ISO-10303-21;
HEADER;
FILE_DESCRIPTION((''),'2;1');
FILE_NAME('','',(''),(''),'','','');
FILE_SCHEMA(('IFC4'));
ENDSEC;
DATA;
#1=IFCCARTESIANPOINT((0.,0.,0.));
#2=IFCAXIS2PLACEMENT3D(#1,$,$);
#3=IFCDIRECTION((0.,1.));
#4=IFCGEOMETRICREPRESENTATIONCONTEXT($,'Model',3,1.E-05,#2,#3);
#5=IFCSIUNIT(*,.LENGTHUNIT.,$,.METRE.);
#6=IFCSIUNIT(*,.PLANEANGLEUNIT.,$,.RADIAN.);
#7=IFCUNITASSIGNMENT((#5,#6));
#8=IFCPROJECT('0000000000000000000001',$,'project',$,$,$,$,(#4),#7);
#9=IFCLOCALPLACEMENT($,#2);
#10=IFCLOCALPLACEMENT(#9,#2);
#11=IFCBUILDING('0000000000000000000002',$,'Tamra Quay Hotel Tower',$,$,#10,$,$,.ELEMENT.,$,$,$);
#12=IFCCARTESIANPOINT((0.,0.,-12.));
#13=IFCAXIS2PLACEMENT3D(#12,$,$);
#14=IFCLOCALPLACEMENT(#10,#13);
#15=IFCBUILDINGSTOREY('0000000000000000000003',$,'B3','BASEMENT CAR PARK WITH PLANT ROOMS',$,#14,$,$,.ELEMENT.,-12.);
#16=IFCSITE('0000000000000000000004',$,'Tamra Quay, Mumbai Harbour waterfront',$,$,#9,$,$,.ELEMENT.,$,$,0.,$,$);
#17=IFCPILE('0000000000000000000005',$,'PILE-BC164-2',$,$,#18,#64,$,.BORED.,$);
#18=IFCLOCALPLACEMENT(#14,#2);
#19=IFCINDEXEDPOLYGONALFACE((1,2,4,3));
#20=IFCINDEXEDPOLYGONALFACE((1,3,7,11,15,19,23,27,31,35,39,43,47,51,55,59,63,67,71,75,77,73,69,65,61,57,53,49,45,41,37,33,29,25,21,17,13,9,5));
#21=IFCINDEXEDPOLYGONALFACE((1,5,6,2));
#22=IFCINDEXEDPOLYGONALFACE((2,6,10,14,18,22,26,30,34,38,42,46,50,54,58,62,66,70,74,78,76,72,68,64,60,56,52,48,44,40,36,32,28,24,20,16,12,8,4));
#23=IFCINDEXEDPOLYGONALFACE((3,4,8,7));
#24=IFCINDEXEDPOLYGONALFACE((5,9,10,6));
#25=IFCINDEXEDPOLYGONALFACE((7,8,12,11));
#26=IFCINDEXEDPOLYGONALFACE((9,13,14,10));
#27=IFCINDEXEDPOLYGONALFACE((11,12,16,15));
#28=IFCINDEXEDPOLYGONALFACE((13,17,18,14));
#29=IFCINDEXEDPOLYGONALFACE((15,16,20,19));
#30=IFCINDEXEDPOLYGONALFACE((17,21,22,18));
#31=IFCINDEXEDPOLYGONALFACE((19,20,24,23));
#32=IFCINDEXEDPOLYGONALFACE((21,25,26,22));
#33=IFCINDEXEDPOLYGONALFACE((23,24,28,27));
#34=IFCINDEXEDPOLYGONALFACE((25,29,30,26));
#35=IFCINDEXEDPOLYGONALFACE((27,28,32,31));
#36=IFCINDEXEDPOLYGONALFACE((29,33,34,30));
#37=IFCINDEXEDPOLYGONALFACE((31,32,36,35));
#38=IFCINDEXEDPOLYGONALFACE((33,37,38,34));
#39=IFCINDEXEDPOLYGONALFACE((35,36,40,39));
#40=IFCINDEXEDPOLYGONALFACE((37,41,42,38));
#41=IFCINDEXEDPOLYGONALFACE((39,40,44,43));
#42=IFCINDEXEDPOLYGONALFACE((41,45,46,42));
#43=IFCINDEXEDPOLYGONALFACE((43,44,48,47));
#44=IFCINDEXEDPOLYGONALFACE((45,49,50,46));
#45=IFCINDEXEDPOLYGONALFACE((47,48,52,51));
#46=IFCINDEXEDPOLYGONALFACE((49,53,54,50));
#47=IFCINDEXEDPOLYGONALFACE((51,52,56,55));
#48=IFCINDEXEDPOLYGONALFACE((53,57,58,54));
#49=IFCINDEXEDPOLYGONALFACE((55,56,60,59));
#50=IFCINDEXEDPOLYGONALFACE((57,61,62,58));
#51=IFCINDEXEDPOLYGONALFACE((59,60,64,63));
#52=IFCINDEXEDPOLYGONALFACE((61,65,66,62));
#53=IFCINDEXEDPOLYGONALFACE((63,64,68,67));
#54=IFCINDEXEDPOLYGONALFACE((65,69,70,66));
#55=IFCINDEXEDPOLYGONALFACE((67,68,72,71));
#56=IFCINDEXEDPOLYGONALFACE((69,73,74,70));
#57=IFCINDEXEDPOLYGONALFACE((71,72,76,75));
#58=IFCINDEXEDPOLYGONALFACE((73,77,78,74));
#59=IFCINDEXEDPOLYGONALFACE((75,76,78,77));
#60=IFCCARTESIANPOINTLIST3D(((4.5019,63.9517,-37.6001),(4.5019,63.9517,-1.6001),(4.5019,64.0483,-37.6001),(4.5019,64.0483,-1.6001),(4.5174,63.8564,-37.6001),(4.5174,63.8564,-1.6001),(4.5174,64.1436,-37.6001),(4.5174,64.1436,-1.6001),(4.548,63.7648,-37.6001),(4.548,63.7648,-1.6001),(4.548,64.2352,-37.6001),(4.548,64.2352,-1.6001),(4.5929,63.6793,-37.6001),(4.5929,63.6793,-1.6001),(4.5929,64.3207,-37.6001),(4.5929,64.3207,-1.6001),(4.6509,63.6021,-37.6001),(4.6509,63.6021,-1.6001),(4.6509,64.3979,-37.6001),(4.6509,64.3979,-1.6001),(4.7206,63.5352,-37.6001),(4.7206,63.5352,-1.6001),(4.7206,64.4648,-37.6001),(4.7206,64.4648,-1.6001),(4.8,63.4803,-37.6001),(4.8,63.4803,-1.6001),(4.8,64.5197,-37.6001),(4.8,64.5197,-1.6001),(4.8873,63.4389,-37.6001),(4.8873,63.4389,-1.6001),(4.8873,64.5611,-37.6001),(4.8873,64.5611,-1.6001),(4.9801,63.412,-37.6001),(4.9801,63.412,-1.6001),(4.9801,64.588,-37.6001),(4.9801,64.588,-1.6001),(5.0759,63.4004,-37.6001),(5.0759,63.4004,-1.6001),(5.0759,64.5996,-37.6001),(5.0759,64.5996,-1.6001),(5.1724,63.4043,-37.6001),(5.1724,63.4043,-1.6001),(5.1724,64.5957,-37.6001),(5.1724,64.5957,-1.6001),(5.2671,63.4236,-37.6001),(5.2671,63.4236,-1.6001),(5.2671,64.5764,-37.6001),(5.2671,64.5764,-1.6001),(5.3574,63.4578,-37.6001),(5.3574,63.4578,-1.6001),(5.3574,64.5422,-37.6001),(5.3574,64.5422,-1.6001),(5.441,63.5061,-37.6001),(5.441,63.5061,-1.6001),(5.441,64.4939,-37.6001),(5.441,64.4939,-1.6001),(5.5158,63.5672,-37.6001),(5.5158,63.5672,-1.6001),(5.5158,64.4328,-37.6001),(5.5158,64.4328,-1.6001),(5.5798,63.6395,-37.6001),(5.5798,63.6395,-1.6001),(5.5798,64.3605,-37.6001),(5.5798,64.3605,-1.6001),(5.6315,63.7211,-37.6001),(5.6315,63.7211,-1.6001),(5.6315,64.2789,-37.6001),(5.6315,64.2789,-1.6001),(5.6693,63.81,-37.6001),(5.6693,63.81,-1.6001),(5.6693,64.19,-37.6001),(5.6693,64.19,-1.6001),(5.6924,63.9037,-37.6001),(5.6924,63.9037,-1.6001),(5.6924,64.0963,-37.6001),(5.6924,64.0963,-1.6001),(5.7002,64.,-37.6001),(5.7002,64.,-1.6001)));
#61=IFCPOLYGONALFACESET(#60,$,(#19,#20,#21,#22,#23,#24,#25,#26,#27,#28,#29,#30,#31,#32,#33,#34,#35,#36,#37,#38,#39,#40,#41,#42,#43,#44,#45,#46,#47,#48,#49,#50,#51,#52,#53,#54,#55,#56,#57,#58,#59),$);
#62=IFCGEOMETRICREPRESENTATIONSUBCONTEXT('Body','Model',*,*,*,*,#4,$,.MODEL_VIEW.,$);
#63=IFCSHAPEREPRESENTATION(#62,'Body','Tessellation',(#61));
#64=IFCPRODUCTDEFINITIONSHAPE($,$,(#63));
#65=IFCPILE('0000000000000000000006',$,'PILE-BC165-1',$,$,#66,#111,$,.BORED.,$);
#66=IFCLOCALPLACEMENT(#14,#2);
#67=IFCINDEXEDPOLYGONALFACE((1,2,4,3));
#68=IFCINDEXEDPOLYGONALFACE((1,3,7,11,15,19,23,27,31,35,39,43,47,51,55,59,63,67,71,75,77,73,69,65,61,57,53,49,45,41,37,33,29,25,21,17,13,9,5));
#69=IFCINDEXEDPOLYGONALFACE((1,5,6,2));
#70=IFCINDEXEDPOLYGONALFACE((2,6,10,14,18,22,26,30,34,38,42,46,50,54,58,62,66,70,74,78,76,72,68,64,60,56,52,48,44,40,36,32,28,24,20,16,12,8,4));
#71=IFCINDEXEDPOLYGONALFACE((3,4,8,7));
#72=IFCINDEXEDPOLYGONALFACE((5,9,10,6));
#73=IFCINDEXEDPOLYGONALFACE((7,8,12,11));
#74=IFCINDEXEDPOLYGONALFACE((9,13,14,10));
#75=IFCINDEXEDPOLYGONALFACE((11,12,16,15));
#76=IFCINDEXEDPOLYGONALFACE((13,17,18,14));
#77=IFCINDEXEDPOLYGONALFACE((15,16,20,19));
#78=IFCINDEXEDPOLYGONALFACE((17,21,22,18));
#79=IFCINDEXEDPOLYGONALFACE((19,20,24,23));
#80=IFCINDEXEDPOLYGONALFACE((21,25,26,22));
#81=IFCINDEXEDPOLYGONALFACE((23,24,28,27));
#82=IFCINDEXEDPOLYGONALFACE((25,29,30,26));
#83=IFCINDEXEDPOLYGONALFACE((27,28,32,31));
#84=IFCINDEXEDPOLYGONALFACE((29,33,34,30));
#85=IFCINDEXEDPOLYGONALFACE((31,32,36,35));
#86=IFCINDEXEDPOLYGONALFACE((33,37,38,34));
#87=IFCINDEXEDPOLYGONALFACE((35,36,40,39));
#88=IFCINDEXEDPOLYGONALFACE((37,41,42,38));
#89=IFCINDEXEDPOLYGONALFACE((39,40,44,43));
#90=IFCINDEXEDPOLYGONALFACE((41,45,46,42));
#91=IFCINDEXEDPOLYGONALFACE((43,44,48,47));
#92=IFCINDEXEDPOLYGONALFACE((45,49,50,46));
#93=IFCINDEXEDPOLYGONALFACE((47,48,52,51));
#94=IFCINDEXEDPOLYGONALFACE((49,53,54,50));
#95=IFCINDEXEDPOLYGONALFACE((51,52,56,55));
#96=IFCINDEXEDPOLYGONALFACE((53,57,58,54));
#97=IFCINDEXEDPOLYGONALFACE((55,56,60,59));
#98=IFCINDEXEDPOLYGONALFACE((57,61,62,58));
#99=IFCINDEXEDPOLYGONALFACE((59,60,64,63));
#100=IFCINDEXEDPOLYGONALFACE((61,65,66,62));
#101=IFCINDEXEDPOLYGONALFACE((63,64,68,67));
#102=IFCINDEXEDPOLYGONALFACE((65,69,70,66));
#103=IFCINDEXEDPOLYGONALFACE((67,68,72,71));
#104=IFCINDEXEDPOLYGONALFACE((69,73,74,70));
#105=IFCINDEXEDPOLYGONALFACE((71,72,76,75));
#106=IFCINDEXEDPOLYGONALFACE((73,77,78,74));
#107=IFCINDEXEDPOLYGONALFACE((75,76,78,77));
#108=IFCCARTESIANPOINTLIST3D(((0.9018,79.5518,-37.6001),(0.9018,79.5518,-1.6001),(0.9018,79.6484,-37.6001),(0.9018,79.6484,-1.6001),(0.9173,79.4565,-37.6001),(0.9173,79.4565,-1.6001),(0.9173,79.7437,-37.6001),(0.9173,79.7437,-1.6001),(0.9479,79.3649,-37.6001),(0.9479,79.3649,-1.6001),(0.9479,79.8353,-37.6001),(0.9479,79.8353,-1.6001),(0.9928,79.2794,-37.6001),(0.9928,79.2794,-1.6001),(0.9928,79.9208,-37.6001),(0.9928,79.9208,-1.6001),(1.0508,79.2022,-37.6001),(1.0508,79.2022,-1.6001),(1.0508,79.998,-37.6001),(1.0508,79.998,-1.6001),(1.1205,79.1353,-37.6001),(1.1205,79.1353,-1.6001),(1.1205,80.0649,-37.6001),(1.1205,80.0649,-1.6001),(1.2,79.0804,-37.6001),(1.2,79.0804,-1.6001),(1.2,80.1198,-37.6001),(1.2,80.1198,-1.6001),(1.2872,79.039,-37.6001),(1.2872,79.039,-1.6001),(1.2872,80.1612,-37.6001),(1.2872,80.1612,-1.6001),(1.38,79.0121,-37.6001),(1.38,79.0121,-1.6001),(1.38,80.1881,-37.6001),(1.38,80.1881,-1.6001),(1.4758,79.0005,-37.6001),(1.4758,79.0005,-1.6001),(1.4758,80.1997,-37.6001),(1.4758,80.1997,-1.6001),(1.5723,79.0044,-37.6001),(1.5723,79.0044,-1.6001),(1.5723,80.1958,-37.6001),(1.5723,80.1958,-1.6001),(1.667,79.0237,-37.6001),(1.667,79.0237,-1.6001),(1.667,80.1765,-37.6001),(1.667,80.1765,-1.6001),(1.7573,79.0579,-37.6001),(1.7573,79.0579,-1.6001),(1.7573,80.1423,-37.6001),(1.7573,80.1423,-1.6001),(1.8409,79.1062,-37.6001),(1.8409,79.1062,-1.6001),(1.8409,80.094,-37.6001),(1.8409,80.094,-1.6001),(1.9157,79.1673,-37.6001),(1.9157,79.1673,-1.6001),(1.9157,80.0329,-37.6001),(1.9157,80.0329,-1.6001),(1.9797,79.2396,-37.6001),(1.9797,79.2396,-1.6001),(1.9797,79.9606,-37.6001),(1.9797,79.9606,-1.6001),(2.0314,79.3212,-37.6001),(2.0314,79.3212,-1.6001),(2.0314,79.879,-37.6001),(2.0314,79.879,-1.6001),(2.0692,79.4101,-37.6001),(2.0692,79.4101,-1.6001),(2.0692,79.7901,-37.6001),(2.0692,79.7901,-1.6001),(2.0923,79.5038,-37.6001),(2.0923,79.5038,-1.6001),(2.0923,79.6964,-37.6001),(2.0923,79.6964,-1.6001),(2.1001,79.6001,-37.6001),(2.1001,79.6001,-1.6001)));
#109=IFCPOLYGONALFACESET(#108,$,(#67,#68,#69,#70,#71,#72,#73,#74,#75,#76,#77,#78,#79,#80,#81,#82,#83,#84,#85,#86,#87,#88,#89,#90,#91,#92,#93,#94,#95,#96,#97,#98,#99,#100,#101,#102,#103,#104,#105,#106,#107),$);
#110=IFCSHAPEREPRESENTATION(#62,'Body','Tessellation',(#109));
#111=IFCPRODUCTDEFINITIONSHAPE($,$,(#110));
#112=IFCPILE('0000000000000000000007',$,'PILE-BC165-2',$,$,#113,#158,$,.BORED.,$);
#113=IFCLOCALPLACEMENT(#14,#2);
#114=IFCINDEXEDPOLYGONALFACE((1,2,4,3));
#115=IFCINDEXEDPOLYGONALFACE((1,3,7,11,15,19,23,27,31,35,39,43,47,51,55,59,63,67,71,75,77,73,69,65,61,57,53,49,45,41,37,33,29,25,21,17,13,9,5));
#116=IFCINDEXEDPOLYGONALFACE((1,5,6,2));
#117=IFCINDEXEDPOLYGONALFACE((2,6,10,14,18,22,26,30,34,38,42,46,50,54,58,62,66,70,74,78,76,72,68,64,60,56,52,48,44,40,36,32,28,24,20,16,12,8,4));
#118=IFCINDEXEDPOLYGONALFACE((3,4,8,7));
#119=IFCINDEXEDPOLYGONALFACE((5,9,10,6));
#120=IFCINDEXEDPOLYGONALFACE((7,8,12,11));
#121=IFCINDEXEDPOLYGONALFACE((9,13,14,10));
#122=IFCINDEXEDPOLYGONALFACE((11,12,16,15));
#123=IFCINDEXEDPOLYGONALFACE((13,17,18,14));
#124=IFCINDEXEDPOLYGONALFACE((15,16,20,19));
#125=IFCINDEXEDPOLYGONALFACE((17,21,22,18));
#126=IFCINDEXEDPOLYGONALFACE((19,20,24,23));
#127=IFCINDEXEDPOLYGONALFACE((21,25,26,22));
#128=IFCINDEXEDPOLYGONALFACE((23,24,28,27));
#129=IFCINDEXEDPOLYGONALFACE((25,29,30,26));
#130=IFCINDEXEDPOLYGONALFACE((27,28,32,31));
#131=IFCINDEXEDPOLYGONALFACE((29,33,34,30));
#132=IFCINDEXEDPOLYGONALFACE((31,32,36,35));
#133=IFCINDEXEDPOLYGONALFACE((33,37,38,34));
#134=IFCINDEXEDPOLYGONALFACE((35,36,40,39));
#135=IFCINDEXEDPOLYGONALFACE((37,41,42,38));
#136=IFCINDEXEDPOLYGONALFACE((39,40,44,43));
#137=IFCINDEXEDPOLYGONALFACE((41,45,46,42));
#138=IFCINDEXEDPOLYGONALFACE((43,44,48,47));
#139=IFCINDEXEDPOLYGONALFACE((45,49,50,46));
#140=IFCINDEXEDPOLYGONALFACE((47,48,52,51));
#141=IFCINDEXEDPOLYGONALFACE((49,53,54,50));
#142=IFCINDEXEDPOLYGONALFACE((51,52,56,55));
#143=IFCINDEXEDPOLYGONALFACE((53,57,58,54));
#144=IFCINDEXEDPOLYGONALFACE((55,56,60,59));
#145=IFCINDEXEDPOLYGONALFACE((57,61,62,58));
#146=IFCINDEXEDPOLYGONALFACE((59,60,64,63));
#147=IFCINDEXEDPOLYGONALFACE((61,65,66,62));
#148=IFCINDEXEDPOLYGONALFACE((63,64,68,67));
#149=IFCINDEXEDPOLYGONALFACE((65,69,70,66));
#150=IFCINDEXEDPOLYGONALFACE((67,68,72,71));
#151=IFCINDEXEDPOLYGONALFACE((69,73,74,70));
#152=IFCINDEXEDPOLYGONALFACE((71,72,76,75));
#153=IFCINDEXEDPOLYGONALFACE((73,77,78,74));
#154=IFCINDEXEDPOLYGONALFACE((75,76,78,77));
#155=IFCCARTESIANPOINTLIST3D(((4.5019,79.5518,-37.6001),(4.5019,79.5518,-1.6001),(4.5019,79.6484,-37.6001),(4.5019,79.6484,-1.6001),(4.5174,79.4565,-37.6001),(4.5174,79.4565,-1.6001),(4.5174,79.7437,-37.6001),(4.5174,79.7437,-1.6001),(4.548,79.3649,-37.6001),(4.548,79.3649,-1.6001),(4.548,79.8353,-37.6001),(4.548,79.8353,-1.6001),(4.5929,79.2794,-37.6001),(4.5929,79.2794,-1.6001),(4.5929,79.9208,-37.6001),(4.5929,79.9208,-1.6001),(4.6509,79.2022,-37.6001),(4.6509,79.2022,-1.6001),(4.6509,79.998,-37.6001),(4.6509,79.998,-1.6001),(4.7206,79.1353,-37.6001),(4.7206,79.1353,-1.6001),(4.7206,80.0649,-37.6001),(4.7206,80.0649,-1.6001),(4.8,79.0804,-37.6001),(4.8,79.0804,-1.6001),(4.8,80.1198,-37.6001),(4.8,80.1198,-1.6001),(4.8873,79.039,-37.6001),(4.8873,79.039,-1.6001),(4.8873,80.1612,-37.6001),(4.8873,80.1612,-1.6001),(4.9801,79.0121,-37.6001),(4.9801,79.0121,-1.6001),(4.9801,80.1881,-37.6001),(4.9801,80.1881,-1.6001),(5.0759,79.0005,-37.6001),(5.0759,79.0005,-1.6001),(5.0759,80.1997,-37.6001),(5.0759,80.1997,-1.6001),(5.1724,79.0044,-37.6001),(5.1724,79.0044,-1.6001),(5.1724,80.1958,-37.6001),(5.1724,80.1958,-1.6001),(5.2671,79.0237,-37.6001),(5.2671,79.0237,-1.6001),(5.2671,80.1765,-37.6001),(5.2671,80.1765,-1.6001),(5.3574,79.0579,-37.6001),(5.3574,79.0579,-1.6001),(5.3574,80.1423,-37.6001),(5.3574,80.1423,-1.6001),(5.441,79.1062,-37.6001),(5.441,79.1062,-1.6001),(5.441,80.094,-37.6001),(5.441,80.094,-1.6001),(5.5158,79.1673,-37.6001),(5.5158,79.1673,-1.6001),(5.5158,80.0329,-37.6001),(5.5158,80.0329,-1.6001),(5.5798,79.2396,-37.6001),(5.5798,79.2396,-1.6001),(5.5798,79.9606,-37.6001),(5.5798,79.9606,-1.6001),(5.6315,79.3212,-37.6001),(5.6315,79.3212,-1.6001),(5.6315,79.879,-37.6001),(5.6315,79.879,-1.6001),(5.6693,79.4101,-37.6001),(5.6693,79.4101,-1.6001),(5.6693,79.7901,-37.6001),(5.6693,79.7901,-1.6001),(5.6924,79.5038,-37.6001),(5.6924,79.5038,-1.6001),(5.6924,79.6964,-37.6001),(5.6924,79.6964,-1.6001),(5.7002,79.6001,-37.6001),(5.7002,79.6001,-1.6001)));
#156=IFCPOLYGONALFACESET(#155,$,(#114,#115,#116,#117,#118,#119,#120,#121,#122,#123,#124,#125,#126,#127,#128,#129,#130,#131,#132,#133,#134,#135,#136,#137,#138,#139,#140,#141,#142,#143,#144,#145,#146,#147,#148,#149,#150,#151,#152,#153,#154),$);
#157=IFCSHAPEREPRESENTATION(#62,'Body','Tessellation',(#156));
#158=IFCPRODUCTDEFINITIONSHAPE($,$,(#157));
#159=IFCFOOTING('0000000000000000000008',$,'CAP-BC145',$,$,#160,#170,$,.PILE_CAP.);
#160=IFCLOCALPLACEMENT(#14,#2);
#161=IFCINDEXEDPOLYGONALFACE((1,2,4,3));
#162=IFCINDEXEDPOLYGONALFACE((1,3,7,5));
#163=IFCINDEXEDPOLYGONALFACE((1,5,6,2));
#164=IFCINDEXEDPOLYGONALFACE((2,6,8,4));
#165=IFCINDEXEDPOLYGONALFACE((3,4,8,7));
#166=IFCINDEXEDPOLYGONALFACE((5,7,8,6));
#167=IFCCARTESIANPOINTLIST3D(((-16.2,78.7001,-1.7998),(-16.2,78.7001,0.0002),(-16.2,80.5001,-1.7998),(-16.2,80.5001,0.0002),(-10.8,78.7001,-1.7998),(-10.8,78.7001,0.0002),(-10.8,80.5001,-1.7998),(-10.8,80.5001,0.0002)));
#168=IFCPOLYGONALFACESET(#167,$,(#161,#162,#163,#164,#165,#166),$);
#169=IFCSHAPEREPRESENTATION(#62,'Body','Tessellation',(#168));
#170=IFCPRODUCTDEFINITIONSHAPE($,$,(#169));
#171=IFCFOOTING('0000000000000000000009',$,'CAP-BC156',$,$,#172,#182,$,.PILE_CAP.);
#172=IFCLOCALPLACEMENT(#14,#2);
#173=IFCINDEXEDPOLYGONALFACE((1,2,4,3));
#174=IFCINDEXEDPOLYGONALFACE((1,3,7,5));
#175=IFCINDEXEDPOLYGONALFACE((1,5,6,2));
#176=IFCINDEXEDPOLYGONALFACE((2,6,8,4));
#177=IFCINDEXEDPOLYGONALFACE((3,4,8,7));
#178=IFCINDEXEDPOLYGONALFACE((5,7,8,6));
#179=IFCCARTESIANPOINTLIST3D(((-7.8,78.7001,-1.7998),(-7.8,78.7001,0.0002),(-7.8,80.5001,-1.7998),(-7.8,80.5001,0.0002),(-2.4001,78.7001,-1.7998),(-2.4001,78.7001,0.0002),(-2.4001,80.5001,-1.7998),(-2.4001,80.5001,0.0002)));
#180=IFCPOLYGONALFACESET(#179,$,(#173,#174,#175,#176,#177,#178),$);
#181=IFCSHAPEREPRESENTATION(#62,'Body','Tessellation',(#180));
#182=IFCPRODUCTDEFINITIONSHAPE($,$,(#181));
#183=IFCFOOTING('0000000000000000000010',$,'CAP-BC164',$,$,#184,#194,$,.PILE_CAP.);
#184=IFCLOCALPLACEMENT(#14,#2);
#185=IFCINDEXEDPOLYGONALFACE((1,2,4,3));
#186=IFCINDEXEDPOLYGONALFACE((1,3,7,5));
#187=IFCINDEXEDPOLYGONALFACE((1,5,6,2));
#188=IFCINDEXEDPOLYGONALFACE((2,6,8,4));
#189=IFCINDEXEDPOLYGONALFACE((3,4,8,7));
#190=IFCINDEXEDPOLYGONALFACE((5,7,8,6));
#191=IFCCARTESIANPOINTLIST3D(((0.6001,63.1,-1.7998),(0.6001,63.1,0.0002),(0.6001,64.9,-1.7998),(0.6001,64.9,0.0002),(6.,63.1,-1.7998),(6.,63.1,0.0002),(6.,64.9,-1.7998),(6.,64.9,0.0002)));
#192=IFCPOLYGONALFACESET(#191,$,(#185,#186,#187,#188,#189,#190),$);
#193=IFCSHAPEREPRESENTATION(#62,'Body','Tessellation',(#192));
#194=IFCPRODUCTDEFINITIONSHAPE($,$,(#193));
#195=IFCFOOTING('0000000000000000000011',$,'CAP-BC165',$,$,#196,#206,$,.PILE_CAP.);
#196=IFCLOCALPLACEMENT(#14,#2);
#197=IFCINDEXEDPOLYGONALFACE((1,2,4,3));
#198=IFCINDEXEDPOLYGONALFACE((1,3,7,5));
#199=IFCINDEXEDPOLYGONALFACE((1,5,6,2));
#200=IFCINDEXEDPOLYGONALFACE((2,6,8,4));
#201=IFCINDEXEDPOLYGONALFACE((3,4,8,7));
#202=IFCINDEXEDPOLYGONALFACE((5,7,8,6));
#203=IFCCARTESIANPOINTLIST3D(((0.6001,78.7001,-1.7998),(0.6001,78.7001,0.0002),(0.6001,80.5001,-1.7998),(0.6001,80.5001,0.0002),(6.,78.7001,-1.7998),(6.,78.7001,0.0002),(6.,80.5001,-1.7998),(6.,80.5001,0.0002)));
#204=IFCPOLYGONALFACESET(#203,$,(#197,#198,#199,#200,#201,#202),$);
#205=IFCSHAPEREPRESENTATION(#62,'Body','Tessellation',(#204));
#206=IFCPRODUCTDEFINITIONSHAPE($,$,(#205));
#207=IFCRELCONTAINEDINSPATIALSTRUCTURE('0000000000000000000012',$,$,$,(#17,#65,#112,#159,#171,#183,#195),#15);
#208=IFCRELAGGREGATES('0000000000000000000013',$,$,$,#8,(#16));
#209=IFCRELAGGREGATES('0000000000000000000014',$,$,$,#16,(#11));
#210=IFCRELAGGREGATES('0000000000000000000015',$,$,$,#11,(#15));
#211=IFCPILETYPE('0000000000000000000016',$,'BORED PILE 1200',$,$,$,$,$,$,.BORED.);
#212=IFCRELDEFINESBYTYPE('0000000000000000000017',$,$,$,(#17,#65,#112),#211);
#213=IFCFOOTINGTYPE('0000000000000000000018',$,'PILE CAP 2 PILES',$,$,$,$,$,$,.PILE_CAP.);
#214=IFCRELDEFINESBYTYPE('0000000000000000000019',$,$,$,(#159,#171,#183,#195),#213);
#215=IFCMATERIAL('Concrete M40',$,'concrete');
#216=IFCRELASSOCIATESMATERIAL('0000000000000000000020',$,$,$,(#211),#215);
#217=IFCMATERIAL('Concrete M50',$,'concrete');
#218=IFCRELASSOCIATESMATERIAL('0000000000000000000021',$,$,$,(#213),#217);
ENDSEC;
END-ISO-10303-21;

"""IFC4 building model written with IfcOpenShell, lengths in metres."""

from ifc_helpers import new_model, si_unit, direction, frame, origin, origin_2d, place, context, subcontext, project, spatial, rectangle, circle, extrude, material, material_profile, profile_set, type_object, element, save


model = new_model("IFC4")

# Units and contexts
model_context = context("Model", 3, precision=1e-05, world=origin(), true_north=direction((0.0, 1.0)))
body_context = subcontext(model_context, "Body", "Model", "MODEL_VIEW")
ifc_project = project(units=[si_unit("LENGTHUNIT", "METRE"), si_unit("PLANEANGLEUNIT", "RADIAN")], contexts=[model_context])

# Site, building, storey
site_placement = place(None, origin())
site = spatial("IfcSite", under=ifc_project, at=site_placement, Name="Tamra Quay, Mumbai Harbour waterfront", CompositionType="ELEMENT", RefElevation=0.0)
building_placement = place(site_placement, origin())
building = spatial("IfcBuilding", under=site, at=building_placement, Name="Tamra Quay Hotel Tower", CompositionType="ELEMENT")
storey_placement = place(building_placement, frame((0.0, 0.0, -12.0)))
storey = spatial("IfcBuildingStorey", under=building, at=storey_placement, Name="B3", Description="BASEMENT CAR PARK WITH PLANT ROOMS", CompositionType="ELEMENT", Elevation=-12.0)

# Piles
ifc_material_1 = material(Name="Concrete M40", Category="concrete")
ifc_material_profile_1 = material_profile(ifc_material_1, circle(Radius=0.6001, at=origin_2d()), Name="BORED PILE 1200")
ifc_profile_set_1 = profile_set([ifc_material_profile_1], Name="Concrete M40")
pile_type = type_object("IfcPileType", Name="BORED PILE 1200", PredefinedType="BORED", material=ifc_profile_set_1)
for number, where, z_axis, x_axis, name in (
    (1, (5.1001, 64.0, -1.6001), (0.0, 0.0, -1.0), (1.0, 0.0, 0.0), "PILE-BC164-2"),
    (2, (1.5, 79.6001, -1.6001), (0.0, 0.0, -1.0), (1.0, 0.0, 0.0), "PILE-BC165-1"),
    (3, (5.1001, 79.6001, -1.6001), (0.0, 0.0, -1.0), (1.0, 0.0, 0.0), "PILE-BC165-2"),
):
    element("IfcPile", number, at=place(storey_placement, frame(where, z_axis=z_axis, x_axis=x_axis)), inside=storey, type_object=pile_type, Name=name, PredefinedType="BORED", context=body_context, shape_type="SweptSolid", body=[
        extrude(circle(Radius=0.6001, at=origin_2d()), origin(), (0.0, 0.0, 1.0), 36.0),
    ])

# Footings
ifc_material_2 = material(Name="Concrete M50", Category="concrete")
footing_type = type_object("IfcFootingType", Name="PILE CAP 2 PILES", PredefinedType="PILE_CAP", material=ifc_material_2)
for number, where, z_axis, x_axis, name in (
    (4, (-13.5, 79.6001, -1.7998), (0.0, 0.0, 1.0), (1.0, 0.0, 0.0), "CAP-BC145"),
    (5, (-5.1001, 79.6001, -1.7998), (0.0, 0.0, 1.0), (1.0, 0.0, 0.0), "CAP-BC156"),
    (6, (3.3, 64.0, -1.7998), (0.0, 0.0, 1.0), (1.0, 0.0, 0.0), "CAP-BC164"),
    (7, (3.3, 79.6001, -1.7998), (0.0, 0.0, 1.0), (1.0, 0.0, 0.0), "CAP-BC165"),
):
    element("IfcFooting", number, at=place(storey_placement, frame(where, z_axis=z_axis, x_axis=x_axis)), inside=storey, type_object=footing_type, Name=name, PredefinedType="PILE_CAP", context=body_context, shape_type="SweptSolid", body=[
        extrude(rectangle(XDim=5.3999, YDim=1.8, at=origin_2d()), origin(), (0.0, 0.0, 1.0), 1.8),
    ])

save(model, "model.ifc")
